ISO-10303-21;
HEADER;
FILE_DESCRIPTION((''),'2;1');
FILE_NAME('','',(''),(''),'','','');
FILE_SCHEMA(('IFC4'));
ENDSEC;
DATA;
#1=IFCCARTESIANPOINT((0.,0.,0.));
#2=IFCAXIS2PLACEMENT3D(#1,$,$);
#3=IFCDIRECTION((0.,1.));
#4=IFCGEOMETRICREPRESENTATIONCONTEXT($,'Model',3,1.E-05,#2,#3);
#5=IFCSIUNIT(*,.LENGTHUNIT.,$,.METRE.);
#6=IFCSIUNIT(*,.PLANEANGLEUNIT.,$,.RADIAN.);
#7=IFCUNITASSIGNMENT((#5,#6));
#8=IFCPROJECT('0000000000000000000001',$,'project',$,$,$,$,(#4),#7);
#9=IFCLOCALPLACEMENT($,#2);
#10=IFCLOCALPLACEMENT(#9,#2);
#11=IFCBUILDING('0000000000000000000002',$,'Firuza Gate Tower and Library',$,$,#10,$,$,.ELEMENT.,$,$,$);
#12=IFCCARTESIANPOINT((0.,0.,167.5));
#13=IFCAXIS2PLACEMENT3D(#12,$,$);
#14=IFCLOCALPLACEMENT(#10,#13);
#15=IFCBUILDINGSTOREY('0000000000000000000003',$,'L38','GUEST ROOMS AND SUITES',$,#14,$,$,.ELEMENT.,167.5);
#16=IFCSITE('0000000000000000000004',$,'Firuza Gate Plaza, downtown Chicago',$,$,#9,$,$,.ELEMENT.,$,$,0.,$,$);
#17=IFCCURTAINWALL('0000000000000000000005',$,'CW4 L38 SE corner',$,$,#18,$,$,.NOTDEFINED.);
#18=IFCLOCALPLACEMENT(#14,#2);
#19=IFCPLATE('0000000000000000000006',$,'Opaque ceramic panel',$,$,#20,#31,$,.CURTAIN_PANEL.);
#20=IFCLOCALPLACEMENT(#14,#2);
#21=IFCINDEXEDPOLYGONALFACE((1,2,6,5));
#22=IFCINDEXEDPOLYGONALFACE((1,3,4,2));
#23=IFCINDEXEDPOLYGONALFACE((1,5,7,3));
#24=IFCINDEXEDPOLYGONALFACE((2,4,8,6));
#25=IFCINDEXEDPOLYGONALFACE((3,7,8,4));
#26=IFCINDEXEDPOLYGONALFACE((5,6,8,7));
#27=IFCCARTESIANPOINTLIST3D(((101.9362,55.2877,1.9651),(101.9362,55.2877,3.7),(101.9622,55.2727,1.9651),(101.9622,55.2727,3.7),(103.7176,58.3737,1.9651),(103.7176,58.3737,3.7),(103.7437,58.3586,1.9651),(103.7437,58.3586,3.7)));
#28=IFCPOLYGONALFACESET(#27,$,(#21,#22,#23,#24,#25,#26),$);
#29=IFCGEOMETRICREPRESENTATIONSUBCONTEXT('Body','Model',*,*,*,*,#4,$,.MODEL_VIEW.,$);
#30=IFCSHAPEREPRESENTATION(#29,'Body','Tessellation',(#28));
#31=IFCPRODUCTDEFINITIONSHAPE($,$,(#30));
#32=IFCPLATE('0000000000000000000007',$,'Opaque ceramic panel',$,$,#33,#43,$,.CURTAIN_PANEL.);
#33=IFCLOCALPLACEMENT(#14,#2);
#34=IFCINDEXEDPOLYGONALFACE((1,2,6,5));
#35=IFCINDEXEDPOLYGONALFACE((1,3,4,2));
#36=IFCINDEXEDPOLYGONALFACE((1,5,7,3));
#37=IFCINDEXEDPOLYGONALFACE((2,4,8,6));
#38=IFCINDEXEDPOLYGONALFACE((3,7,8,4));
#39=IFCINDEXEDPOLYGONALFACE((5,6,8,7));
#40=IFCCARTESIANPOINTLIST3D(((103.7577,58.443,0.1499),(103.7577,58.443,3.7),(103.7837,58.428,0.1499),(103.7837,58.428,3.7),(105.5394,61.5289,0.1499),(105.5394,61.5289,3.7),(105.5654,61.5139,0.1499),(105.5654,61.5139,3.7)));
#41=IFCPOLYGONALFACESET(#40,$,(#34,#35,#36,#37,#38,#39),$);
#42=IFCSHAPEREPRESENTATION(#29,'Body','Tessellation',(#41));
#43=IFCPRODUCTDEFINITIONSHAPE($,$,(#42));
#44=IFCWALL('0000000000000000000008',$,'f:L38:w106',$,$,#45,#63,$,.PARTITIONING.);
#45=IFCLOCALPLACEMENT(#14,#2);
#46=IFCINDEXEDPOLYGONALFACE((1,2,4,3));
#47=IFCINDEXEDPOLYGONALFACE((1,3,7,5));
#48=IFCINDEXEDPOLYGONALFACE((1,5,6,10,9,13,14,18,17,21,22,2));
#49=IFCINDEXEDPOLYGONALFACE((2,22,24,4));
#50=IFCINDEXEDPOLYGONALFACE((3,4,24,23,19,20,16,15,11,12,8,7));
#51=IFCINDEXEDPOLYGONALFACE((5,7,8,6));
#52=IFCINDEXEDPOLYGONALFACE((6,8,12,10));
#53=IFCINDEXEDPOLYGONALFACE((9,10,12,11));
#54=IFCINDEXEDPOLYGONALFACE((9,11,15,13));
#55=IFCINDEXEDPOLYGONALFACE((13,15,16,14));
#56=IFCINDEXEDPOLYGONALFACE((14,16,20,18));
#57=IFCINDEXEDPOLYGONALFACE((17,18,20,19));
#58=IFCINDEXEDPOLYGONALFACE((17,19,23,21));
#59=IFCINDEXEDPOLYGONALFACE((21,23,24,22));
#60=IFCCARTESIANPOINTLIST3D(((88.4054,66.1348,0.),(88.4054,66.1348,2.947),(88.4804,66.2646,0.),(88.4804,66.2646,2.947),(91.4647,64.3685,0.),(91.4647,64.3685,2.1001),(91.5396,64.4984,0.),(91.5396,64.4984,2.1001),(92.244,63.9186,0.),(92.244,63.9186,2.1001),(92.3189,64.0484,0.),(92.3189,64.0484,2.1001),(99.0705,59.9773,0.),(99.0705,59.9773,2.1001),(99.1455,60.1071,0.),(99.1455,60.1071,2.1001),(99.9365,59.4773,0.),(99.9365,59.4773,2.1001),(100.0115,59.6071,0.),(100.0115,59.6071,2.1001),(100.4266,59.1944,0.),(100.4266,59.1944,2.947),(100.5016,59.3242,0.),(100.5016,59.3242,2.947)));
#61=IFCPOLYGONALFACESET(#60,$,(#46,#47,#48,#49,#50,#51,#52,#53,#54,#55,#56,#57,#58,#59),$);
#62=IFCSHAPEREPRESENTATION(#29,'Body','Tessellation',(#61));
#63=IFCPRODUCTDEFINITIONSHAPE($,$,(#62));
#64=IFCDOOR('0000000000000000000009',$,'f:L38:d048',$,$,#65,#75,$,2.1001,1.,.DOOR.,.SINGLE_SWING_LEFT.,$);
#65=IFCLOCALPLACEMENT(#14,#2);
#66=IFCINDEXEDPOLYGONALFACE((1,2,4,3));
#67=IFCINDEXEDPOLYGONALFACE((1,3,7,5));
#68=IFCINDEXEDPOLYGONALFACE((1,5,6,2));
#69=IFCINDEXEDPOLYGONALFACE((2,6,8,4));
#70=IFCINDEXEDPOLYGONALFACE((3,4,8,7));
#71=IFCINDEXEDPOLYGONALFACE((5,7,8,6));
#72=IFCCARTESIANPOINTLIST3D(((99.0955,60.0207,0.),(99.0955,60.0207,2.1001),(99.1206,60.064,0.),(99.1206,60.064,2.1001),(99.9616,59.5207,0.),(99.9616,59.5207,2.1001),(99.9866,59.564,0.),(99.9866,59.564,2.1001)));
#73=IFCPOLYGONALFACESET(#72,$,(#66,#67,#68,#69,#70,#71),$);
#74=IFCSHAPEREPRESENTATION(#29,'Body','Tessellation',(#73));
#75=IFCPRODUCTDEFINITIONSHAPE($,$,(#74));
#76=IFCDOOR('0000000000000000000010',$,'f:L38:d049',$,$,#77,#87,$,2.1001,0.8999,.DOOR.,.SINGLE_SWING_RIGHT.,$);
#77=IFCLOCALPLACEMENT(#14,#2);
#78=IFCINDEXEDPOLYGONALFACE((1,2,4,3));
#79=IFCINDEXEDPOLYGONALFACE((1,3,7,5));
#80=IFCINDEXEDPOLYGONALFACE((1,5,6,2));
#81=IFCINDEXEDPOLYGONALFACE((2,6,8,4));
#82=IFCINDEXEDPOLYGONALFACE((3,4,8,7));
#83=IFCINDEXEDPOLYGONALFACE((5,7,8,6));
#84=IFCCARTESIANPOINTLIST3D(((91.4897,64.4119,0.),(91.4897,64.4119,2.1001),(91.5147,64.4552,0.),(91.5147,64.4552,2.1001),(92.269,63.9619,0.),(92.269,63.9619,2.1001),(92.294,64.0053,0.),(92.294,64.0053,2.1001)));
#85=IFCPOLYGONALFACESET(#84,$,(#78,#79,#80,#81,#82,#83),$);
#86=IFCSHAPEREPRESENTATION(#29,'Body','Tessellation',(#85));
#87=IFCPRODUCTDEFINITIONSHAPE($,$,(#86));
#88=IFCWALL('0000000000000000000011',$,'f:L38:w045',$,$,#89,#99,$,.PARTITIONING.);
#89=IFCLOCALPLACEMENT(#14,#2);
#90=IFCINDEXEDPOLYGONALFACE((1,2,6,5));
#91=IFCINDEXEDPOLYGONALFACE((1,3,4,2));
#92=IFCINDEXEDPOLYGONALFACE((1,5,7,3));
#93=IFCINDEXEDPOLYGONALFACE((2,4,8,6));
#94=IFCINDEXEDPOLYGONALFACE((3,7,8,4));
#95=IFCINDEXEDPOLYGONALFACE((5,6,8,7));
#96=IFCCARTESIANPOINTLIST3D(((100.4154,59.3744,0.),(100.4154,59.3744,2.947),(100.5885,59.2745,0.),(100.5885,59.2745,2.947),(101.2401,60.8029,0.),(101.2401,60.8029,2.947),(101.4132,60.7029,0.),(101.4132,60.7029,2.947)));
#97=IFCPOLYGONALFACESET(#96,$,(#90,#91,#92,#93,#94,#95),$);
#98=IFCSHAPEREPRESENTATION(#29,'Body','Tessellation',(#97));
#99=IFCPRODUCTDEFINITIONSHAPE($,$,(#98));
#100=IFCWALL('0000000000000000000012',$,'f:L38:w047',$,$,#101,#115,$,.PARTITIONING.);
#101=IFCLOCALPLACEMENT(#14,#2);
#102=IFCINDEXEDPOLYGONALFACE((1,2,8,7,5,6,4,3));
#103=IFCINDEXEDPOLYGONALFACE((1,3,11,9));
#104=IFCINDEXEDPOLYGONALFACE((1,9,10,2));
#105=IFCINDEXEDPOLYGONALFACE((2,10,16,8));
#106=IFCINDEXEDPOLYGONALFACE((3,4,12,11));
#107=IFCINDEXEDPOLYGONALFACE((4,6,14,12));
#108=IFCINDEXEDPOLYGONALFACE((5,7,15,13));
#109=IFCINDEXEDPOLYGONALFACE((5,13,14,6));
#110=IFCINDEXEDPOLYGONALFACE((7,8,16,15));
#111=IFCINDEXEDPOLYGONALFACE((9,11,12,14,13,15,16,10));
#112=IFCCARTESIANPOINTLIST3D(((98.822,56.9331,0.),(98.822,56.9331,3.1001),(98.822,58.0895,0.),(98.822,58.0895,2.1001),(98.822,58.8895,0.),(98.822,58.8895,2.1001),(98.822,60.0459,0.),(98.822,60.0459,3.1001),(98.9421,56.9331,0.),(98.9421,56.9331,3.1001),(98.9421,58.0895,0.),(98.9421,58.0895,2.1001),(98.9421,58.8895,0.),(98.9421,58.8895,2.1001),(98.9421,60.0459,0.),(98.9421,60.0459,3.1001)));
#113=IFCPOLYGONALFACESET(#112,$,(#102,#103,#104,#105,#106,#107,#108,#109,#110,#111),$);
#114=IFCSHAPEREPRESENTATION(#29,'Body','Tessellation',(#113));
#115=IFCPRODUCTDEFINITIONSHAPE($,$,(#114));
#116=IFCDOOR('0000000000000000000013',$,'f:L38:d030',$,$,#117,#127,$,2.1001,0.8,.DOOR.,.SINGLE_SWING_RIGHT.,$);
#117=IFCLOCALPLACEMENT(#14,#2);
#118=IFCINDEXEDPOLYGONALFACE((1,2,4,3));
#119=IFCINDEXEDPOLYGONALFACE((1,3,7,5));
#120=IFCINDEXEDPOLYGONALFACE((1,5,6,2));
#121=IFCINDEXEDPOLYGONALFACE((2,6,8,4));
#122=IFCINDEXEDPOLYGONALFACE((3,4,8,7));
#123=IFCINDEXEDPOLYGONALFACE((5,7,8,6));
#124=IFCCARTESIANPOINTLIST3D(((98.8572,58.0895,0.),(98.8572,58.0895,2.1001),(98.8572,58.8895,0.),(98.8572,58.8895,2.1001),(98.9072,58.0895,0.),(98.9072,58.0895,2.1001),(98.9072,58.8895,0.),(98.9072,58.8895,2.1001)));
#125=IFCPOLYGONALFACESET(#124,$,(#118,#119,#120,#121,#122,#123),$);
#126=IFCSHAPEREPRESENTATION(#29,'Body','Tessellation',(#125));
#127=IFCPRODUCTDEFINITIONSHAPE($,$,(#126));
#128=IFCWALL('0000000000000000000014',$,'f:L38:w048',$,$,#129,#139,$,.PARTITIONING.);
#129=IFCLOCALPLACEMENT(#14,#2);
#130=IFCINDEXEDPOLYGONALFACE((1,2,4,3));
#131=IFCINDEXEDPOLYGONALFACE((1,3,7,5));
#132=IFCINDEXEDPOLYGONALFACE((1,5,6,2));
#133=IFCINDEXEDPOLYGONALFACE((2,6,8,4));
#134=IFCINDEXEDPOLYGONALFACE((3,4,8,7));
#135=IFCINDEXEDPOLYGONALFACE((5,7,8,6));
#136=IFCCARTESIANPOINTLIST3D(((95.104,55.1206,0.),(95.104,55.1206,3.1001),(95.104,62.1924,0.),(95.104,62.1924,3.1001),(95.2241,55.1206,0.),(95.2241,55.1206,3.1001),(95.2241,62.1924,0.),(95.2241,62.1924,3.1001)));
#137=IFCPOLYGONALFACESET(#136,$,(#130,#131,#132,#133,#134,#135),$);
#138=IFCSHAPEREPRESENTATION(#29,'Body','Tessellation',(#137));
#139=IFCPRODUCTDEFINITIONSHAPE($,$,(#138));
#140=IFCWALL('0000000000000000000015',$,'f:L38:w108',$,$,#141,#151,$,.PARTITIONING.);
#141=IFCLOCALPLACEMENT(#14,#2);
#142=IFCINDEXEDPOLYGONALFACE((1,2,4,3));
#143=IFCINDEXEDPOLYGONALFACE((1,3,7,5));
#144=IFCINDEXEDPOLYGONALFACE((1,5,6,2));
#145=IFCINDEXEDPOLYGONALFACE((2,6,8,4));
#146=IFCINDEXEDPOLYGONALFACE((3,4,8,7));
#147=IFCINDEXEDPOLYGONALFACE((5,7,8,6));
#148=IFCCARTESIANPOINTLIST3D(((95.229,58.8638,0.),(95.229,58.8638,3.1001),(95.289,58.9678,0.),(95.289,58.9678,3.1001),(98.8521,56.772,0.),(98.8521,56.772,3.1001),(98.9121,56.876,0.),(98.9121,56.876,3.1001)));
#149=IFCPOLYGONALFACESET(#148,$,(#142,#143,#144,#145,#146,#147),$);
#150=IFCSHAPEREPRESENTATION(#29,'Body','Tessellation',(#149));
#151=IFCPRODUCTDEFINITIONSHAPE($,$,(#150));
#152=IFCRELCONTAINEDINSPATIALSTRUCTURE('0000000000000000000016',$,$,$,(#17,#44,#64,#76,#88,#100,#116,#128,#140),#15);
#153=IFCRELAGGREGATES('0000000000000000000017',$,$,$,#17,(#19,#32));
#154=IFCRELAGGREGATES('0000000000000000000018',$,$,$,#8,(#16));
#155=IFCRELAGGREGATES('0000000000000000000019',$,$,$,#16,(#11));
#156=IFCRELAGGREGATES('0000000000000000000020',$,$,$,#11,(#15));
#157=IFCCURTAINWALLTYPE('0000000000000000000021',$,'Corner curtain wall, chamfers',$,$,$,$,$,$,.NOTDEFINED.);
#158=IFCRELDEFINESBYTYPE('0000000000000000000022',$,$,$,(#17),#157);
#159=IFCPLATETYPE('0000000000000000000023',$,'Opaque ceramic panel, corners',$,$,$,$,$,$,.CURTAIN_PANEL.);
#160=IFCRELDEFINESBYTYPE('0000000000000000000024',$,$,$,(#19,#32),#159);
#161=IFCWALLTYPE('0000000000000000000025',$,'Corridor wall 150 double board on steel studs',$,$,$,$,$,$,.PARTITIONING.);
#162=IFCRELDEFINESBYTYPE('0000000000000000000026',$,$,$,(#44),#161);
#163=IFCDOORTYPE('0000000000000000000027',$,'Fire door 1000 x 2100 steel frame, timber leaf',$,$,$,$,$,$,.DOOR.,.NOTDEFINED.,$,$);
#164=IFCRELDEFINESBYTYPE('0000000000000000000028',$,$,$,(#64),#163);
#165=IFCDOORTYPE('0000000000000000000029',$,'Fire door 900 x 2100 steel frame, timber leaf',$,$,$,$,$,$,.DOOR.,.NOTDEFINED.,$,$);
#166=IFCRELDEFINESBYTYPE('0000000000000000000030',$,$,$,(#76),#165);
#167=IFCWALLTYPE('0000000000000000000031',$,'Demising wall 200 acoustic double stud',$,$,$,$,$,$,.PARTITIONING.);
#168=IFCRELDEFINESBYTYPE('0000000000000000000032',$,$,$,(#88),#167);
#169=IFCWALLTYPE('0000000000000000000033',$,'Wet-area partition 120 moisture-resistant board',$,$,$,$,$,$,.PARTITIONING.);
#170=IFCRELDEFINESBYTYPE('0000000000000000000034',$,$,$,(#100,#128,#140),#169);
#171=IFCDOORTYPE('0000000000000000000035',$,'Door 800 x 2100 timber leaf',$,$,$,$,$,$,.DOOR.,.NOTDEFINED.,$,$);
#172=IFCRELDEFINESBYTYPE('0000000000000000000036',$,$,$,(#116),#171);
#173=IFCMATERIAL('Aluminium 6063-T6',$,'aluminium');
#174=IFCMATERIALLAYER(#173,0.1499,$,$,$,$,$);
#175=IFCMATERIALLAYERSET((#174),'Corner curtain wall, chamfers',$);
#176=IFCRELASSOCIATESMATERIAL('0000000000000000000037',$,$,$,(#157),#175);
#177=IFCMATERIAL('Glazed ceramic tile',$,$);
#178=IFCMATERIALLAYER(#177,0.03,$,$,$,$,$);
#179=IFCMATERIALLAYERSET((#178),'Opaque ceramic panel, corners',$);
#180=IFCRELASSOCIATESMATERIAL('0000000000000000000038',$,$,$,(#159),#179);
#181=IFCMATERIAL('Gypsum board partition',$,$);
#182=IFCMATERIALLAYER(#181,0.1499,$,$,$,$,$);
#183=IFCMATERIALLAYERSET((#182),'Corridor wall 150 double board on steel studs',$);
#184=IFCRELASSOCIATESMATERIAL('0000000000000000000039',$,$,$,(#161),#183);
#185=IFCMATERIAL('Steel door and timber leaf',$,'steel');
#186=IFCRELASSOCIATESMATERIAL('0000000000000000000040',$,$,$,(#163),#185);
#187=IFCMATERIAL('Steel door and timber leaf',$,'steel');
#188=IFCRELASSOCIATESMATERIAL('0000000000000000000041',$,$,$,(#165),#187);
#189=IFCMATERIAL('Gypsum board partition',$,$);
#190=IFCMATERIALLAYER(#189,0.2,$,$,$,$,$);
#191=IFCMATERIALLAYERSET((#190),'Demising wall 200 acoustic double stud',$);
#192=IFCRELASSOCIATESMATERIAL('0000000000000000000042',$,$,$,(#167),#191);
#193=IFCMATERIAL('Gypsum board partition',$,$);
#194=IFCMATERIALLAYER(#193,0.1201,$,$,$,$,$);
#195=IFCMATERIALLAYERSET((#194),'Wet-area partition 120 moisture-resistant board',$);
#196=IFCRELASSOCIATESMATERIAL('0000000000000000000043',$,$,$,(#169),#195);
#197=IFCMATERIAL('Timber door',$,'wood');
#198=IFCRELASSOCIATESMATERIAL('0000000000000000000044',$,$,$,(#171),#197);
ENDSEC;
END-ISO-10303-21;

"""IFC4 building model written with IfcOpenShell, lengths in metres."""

from ifc_helpers import new_model, si_unit, direction, frame, frame_2d, origin, place, context, subcontext, project, spatial, polyline, rectangle, outline, extrude, material, layer, layer_set, type_object, element, fill, aggregate, save


model = new_model("IFC4")

# Units and contexts
model_context = context("Model", 3, precision=1e-05, world=origin(), true_north=direction((0.0, 1.0)))
body_context = subcontext(model_context, "Body", "Model", "MODEL_VIEW")
ifc_project = project(units=[si_unit("LENGTHUNIT", "METRE"), si_unit("PLANEANGLEUNIT", "RADIAN")], contexts=[model_context])

# Site, building, storey
site_placement = place(None, origin())
site = spatial("IfcSite", under=ifc_project, at=site_placement, Name="Firuza Gate Plaza, downtown Chicago", CompositionType="ELEMENT", RefElevation=0.0)
building_placement = place(site_placement, origin())
building = spatial("IfcBuilding", under=site, at=building_placement, Name="Firuza Gate Tower and Library", CompositionType="ELEMENT")
storey_placement = place(building_placement, frame((0.0, 0.0, 167.5)))
storey = spatial("IfcBuildingStorey", under=building, at=storey_placement, Name="L38", Description="GUEST ROOMS AND SUITES", CompositionType="ELEMENT", Elevation=167.5)

# Curtain wall
ifc_material_1 = material(Name="Aluminium 6063-T6", Category="aluminium")
ifc_layer_1 = layer(ifc_material_1, 0.1499)
ifc_layer_set_1 = layer_set([ifc_layer_1], Name="Corner curtain wall, chamfers")
curtain_wall_type = type_object("IfcCurtainWallType", Name="Corner curtain wall, chamfers", PredefinedType="NOTDEFINED", material=ifc_layer_set_1)
curtain_wall_placement = place(storey_placement, origin())
curtain_wall = element("IfcCurtainWall", 1, at=curtain_wall_placement, inside=storey, type_object=curtain_wall_type, Name="CW4 L38 SE corner", PredefinedType="NOTDEFINED")

# Plates
ifc_material_2 = material(Name="Glazed ceramic tile")
ifc_layer_2 = layer(ifc_material_2, 0.03)
ifc_layer_set_2 = layer_set([ifc_layer_2], Name="Opaque ceramic panel, corners")
plate_type_1 = type_object("IfcPlateType", Name="Opaque ceramic panel, corners", PredefinedType="CURTAIN_PANEL", material=ifc_layer_set_2)
plate_1_placement = place(storey_placement, frame((101.9622, 55.2727, 1.9651), z_axis=(0.866046, -0.499964, 0.0), x_axis=(0.499964, 0.866046, 0.0)))
plate_1 = element("IfcPlate", 2, at=plate_1_placement, type_object=plate_type_1, Name="Opaque ceramic panel", PredefinedType="CURTAIN_PANEL", context=body_context, shape_type="SweptSolid", body=[
    extrude(outline(polyline([(0.0, 0.0), (3.5632, 0.0), (3.5632, 1.7349), (0.0, 1.7349), (0.0, 0.0)])), origin(), (0.0, 0.0, -1.0), 0.03),
])
plate_2_placement = place(storey_placement, frame((103.7837, 58.428, 0.1499), z_axis=(0.866017, -0.500015, 0.0), x_axis=(0.500015, 0.866017, 0.0)))
plate_2 = element("IfcPlate", 3, at=plate_2_placement, type_object=plate_type_1, Name="Opaque ceramic panel", PredefinedType="CURTAIN_PANEL", context=body_context, shape_type="SweptSolid", body=[
    extrude(outline(polyline([(0.0, 0.0), (3.5634, 0.0), (3.5634, 3.55), (0.0, 3.55), (0.0, 0.0)])), origin(), (0.0, 0.0, -1.0), 0.03),
])
aggregate(curtain_wall, [plate_1, plate_2])

# Wall, openings, doors
ifc_material_3 = material(Name="Gypsum board partition")
ifc_layer_3 = layer(ifc_material_3, 0.1499)
ifc_layer_set_3 = layer_set([ifc_layer_3], Name="Corridor wall 150 double board on steel studs")
wall_type_1 = type_object("IfcWallType", Name="Corridor wall 150 double board on steel studs", PredefinedType="PARTITIONING", material=ifc_layer_set_3)
wall_1_placement = place(storey_placement, frame((100.4641, 59.2593, 0.0), z_axis=(0.0, 0.0, 1.0), x_axis=(-0.866027, 0.499998, 0.0)))
wall_1 = element("IfcWall", 4, at=wall_1_placement, inside=storey, type_object=wall_type_1, Name="f:L38:w106", PredefinedType="PARTITIONING", context=body_context, shape_type="SweptSolid", body=[
    extrude(rectangle(XDim=13.8809, YDim=0.1499, at=frame_2d((6.9404, 0.0))), origin(), (0.0, 0.0, 1.0), 2.947),
])
opening_1_placement = place(wall_1_placement, frame((0.5659, 0.0, 0.0)))
opening_1 = element("IfcOpeningElement", 5, at=opening_1_placement, cuts=wall_1, PredefinedType="OPENING", context=body_context, shape_type="SweptSolid", body=[
    extrude(rectangle(XDim=1.0, YDim=2.1001, at=frame_2d((0.5, 1.05))), frame((0.0, 0.085, 0.0), z_axis=(0.0, -1.0, 0.0), x_axis=(1.0, 0.0, 0.0)), (0.0, 0.0, 1.0), 0.1699),
])
opening_2_placement = place(wall_1_placement, frame((9.4485, 0.0, 0.0)))
opening_2 = element("IfcOpeningElement", 6, at=opening_2_placement, cuts=wall_1, PredefinedType="OPENING", context=body_context, shape_type="SweptSolid", body=[
    extrude(rectangle(XDim=0.8999, YDim=2.1001, at=frame_2d((0.45, 1.05))), frame((0.0, 0.085, 0.0), z_axis=(0.0, -1.0, 0.0), x_axis=(1.0, 0.0, 0.0)), (0.0, 0.0, 1.0), 0.1699),
])
ifc_material_4 = material(Name="Steel door and timber leaf", Category="steel")
door_type_1 = type_object("IfcDoorType", Name="Fire door 1000 x 2100 steel frame, timber leaf", OperationType="NOTDEFINED", PredefinedType="DOOR", material=ifc_material_4)
door_1_placement = place(opening_1_placement, origin())
door_1 = element("IfcDoor", 7, at=door_1_placement, inside=storey, type_object=door_type_1, Name="f:L38:d048", OperationType="SINGLE_SWING_LEFT", OverallHeight=2.1001, OverallWidth=1.0, PredefinedType="DOOR", context=body_context, shape_type="SweptSolid", body=[
    extrude(rectangle(XDim=1.0, YDim=2.1001, at=frame_2d((0.5, 1.05))), frame((0.0, 0.0249, 0.0), z_axis=(0.0, -1.0, 0.0), x_axis=(1.0, 0.0, 0.0)), (0.0, 0.0, 1.0), 0.05),
])
fill(opening_1, door_1)
ifc_material_5 = material(Name="Steel door and timber leaf", Category="steel")
door_type_2 = type_object("IfcDoorType", Name="Fire door 900 x 2100 steel frame, timber leaf", OperationType="NOTDEFINED", PredefinedType="DOOR", material=ifc_material_5)
door_2_placement = place(opening_2_placement, origin())
door_2 = element("IfcDoor", 8, at=door_2_placement, inside=storey, type_object=door_type_2, Name="f:L38:d049", OperationType="SINGLE_SWING_RIGHT", OverallHeight=2.1001, OverallWidth=0.8999, PredefinedType="DOOR", context=body_context, shape_type="SweptSolid", body=[
    extrude(rectangle(XDim=0.8999, YDim=2.1001, at=frame_2d((0.45, 1.05))), frame((0.0, 0.0249, 0.0), z_axis=(0.0, -1.0, 0.0), x_axis=(1.0, 0.0, 0.0)), (0.0, 0.0, 1.0), 0.05),
])
fill(opening_2, door_2)

# Wall
ifc_material_6 = material(Name="Gypsum board partition")
ifc_layer_4 = layer(ifc_material_6, 0.2)
ifc_layer_set_4 = layer_set([ifc_layer_4], Name="Demising wall 200 acoustic double stud")
wall_type_2 = type_object("IfcWallType", Name="Demising wall 200 acoustic double stud", PredefinedType="PARTITIONING", material=ifc_layer_set_4)
wall_2_placement = place(storey_placement, frame((100.502, 59.3245, 0.0), z_axis=(0.0, 0.0, 1.0), x_axis=(0.499992, 0.86603, 0.0)))
element("IfcWall", 9, at=wall_2_placement, inside=storey, type_object=wall_type_2, Name="f:L38:w045", PredefinedType="PARTITIONING", context=body_context, shape_type="SweptSolid", body=[
    extrude(rectangle(XDim=1.6494, YDim=0.2, at=frame_2d((0.8247, 0.0))), origin(), (0.0, 0.0, 1.0), 2.947),
])

# Wall, opening, door
ifc_material_7 = material(Name="Gypsum board partition")
ifc_layer_5 = layer(ifc_material_7, 0.1201)
ifc_layer_set_5 = layer_set([ifc_layer_5], Name="Wet-area partition 120 moisture-resistant board")
wall_type_3 = type_object("IfcWallType", Name="Wet-area partition 120 moisture-resistant board", PredefinedType="PARTITIONING", material=ifc_layer_set_5)
wall_3_placement = place(storey_placement, frame((98.8821, 56.9331, 0.0), z_axis=(0.0, 0.0, 1.0), x_axis=(0.0, 1.0, 0.0)))
wall_3 = element("IfcWall", 10, at=wall_3_placement, inside=storey, type_object=wall_type_3, Name="f:L38:w047", PredefinedType="PARTITIONING", context=body_context, shape_type="SweptSolid", body=[
    extrude(rectangle(XDim=3.1128, YDim=0.1201, at=frame_2d((1.5564, 0.0))), origin(), (0.0, 0.0, 1.0), 3.1001),
])
opening_3_placement = place(wall_3_placement, frame((1.1565, 0.0, 0.0)))
opening_3 = element("IfcOpeningElement", 11, at=opening_3_placement, cuts=wall_3, PredefinedType="OPENING", context=body_context, shape_type="SweptSolid", body=[
    extrude(rectangle(XDim=0.8, YDim=2.1001, at=frame_2d((0.3999, 1.05))), frame((0.0, 0.0701, 0.0), z_axis=(0.0, -1.0, 0.0), x_axis=(1.0, 0.0, 0.0)), (0.0, 0.0, 1.0), 0.1401),
])
ifc_material_8 = material(Name="Timber door", Category="wood")
door_type_3 = type_object("IfcDoorType", Name="Door 800 x 2100 timber leaf", OperationType="NOTDEFINED", PredefinedType="DOOR", material=ifc_material_8)
door_3_placement = place(opening_3_placement, origin())
door_3 = element("IfcDoor", 12, at=door_3_placement, inside=storey, type_object=door_type_3, Name="f:L38:d030", OperationType="SINGLE_SWING_RIGHT", OverallHeight=2.1001, OverallWidth=0.8, PredefinedType="DOOR", context=body_context, shape_type="SweptSolid", body=[
    extrude(rectangle(XDim=0.8, YDim=2.1001, at=frame_2d((0.3999, 1.05))), frame((0.0, 0.0249, 0.0), z_axis=(0.0, -1.0, 0.0), x_axis=(1.0, 0.0, 0.0)), (0.0, 0.0, 1.0), 0.05),
])
fill(opening_3, door_3)

# Walls
wall_4_placement = place(storey_placement, frame((95.1641, 55.1206, 0.0), z_axis=(0.0, 0.0, 1.0), x_axis=(0.0, 1.0, 0.0)))
element("IfcWall", 13, at=wall_4_placement, inside=storey, type_object=wall_type_3, Name="f:L38:w048", PredefinedType="PARTITIONING", context=body_context, shape_type="SweptSolid", body=[
    extrude(rectangle(XDim=7.0718, YDim=0.1201, at=frame_2d((3.5359, 0.0))), origin(), (0.0, 0.0, 1.0), 3.1001),
])
wall_5_placement = place(storey_placement, frame((98.8821, 56.824, 0.0), z_axis=(0.0, 0.0, 1.0), x_axis=(-0.866022, 0.500005, 0.0)))
element("IfcWall", 14, at=wall_5_placement, inside=storey, type_object=wall_type_3, Name="f:L38:w108", PredefinedType="PARTITIONING", context=body_context, shape_type="SweptSolid", body=[
    extrude(rectangle(XDim=4.1836, YDim=0.1201, at=frame_2d((2.0918, 0.0))), origin(), (0.0, 0.0, 1.0), 3.1001),
])

save(model, "model.ifc")
